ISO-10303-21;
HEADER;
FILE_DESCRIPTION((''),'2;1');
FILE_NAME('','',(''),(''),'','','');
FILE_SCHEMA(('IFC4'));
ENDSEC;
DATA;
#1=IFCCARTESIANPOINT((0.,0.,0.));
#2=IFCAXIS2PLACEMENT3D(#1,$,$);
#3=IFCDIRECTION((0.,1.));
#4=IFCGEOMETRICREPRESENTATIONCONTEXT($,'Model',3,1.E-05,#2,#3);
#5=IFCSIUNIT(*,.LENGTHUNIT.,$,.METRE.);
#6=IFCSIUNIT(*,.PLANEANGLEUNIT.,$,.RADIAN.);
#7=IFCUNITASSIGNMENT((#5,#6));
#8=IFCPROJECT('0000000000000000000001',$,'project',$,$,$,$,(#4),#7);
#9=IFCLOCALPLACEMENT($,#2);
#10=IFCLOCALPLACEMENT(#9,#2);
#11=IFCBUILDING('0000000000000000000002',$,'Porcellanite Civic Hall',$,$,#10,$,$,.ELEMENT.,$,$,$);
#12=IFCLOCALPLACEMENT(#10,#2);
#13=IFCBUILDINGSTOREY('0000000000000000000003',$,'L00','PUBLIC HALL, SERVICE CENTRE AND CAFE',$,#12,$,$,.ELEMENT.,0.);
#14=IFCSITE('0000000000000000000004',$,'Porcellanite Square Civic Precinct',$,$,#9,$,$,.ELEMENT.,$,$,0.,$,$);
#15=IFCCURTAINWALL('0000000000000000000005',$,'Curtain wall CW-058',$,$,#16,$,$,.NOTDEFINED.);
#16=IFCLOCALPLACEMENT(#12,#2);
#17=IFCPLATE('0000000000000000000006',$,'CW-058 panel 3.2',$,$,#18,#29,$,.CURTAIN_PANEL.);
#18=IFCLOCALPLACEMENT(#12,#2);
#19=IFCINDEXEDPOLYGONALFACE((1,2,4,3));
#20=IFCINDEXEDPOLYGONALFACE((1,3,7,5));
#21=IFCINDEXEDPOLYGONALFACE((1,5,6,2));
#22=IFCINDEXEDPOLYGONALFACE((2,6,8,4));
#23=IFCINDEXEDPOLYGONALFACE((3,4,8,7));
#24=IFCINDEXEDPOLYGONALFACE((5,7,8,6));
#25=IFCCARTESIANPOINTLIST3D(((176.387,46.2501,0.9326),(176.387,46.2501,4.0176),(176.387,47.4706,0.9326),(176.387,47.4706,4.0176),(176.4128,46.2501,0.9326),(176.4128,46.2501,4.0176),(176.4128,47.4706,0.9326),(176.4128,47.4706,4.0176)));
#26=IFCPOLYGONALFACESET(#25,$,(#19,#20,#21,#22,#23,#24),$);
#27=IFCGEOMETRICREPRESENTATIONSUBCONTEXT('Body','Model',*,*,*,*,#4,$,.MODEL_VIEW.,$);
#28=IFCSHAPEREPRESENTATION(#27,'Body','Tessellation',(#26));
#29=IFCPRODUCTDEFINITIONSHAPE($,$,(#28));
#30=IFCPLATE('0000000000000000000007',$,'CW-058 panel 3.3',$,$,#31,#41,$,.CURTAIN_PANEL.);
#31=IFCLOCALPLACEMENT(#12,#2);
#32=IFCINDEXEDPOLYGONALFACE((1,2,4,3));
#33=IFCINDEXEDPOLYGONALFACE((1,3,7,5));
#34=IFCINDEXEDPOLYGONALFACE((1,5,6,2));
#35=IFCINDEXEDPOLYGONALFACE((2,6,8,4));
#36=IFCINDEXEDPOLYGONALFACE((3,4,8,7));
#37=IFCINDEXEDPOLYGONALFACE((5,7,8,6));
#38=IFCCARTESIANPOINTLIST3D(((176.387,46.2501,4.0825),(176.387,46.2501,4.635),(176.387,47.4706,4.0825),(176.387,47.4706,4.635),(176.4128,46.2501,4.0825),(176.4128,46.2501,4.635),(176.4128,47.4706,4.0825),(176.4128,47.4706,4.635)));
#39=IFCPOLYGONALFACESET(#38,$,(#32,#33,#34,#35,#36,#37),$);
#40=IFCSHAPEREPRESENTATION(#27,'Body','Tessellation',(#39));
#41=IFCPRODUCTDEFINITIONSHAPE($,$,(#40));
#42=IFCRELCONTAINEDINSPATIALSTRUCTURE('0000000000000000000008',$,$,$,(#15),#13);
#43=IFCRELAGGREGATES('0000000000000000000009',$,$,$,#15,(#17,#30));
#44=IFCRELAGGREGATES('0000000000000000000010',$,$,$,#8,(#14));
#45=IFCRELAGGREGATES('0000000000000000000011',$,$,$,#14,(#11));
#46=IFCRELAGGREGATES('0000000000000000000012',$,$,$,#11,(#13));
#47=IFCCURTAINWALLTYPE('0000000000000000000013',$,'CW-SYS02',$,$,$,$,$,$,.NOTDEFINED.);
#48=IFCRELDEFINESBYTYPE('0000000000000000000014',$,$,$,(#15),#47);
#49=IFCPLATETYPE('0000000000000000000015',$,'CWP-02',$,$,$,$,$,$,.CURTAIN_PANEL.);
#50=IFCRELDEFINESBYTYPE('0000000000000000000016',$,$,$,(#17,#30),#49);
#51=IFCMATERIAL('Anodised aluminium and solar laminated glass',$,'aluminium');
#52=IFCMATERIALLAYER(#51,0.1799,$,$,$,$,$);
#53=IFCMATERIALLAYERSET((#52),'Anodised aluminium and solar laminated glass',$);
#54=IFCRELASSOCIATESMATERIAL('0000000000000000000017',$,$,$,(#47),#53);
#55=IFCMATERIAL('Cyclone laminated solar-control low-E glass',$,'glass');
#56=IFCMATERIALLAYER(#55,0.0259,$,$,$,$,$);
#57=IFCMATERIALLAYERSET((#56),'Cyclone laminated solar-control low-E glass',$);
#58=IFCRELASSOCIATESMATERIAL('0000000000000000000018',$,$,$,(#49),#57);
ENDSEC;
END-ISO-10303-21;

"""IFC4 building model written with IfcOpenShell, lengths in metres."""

from ifc_helpers import new_model, si_unit, direction, frame, origin, origin_2d, place, context, subcontext, project, spatial, rectangle, extrude, material, layer, layer_set, type_object, element, aggregate, save


model = new_model("IFC4")

# Units and contexts
model_context = context("Model", 3, precision=1e-05, world=origin(), true_north=direction((0.0, 1.0)))
body_context = subcontext(model_context, "Body", "Model", "MODEL_VIEW")
ifc_project = project(units=[si_unit("LENGTHUNIT", "METRE"), si_unit("PLANEANGLEUNIT", "RADIAN")], contexts=[model_context])

# Site, building, storey
site_placement = place(None, origin())
site = spatial("IfcSite", under=ifc_project, at=site_placement, Name="Porcellanite Square Civic Precinct", CompositionType="ELEMENT", RefElevation=0.0)
building_placement = place(site_placement, origin())
building = spatial("IfcBuilding", under=site, at=building_placement, Name="Porcellanite Civic Hall", CompositionType="ELEMENT")
storey_placement = place(building_placement, origin())
storey = spatial("IfcBuildingStorey", under=building, at=storey_placement, Name="L00", Description="PUBLIC HALL, SERVICE CENTRE AND CAFE", CompositionType="ELEMENT", Elevation=0.0)

# Curtain wall
ifc_material_1 = material(Name="Anodised aluminium and solar laminated glass", Category="aluminium")
ifc_layer_1 = layer(ifc_material_1, 0.1799)
ifc_layer_set_1 = layer_set([ifc_layer_1], Name="Anodised aluminium and solar laminated glass")
curtain_wall_type = type_object("IfcCurtainWallType", Name="CW-SYS02", PredefinedType="NOTDEFINED", material=ifc_layer_set_1)
curtain_wall_placement = place(storey_placement, origin())
curtain_wall = element("IfcCurtainWall", 1, at=curtain_wall_placement, inside=storey, type_object=curtain_wall_type, Name="Curtain wall CW-058", PredefinedType="NOTDEFINED")

# Plates
ifc_material_2 = material(Name="Cyclone laminated solar-control low-E glass", Category="glass")
ifc_layer_2 = layer(ifc_material_2, 0.0259)
ifc_layer_set_2 = layer_set([ifc_layer_2], Name="Cyclone laminated solar-control low-E glass")
plate_type = type_object("IfcPlateType", Name="CWP-02", PredefinedType="CURTAIN_PANEL", material=ifc_layer_set_2)
plate_1_placement = place(storey_placement, frame((176.3999, 46.8604, 0.9326), z_axis=(0.0, 0.0, 1.0), x_axis=(0.0, -1.0, 0.0)))
plate_1 = element("IfcPlate", 2, at=plate_1_placement, type_object=plate_type, Name="CW-058 panel 3.2", PredefinedType="CURTAIN_PANEL", context=body_context, shape_type="SweptSolid", body=[
    extrude(rectangle(XDim=1.2205, YDim=0.0259, at=origin_2d()), origin(), (0.0, 0.0, 1.0), 3.085),
])
plate_2_placement = place(storey_placement, frame((176.3999, 46.8604, 4.0825), z_axis=(0.0, 0.0, 1.0), x_axis=(0.0, -1.0, 0.0)))
plate_2 = element("IfcPlate", 3, at=plate_2_placement, type_object=plate_type, Name="CW-058 panel 3.3", PredefinedType="CURTAIN_PANEL", context=body_context, shape_type="SweptSolid", body=[
    extrude(rectangle(XDim=1.2205, YDim=0.0259, at=origin_2d()), origin(), (0.0, 0.0, 1.0), 0.5525),
])
aggregate(curtain_wall, [plate_1, plate_2])

save(model, "model.ifc")
